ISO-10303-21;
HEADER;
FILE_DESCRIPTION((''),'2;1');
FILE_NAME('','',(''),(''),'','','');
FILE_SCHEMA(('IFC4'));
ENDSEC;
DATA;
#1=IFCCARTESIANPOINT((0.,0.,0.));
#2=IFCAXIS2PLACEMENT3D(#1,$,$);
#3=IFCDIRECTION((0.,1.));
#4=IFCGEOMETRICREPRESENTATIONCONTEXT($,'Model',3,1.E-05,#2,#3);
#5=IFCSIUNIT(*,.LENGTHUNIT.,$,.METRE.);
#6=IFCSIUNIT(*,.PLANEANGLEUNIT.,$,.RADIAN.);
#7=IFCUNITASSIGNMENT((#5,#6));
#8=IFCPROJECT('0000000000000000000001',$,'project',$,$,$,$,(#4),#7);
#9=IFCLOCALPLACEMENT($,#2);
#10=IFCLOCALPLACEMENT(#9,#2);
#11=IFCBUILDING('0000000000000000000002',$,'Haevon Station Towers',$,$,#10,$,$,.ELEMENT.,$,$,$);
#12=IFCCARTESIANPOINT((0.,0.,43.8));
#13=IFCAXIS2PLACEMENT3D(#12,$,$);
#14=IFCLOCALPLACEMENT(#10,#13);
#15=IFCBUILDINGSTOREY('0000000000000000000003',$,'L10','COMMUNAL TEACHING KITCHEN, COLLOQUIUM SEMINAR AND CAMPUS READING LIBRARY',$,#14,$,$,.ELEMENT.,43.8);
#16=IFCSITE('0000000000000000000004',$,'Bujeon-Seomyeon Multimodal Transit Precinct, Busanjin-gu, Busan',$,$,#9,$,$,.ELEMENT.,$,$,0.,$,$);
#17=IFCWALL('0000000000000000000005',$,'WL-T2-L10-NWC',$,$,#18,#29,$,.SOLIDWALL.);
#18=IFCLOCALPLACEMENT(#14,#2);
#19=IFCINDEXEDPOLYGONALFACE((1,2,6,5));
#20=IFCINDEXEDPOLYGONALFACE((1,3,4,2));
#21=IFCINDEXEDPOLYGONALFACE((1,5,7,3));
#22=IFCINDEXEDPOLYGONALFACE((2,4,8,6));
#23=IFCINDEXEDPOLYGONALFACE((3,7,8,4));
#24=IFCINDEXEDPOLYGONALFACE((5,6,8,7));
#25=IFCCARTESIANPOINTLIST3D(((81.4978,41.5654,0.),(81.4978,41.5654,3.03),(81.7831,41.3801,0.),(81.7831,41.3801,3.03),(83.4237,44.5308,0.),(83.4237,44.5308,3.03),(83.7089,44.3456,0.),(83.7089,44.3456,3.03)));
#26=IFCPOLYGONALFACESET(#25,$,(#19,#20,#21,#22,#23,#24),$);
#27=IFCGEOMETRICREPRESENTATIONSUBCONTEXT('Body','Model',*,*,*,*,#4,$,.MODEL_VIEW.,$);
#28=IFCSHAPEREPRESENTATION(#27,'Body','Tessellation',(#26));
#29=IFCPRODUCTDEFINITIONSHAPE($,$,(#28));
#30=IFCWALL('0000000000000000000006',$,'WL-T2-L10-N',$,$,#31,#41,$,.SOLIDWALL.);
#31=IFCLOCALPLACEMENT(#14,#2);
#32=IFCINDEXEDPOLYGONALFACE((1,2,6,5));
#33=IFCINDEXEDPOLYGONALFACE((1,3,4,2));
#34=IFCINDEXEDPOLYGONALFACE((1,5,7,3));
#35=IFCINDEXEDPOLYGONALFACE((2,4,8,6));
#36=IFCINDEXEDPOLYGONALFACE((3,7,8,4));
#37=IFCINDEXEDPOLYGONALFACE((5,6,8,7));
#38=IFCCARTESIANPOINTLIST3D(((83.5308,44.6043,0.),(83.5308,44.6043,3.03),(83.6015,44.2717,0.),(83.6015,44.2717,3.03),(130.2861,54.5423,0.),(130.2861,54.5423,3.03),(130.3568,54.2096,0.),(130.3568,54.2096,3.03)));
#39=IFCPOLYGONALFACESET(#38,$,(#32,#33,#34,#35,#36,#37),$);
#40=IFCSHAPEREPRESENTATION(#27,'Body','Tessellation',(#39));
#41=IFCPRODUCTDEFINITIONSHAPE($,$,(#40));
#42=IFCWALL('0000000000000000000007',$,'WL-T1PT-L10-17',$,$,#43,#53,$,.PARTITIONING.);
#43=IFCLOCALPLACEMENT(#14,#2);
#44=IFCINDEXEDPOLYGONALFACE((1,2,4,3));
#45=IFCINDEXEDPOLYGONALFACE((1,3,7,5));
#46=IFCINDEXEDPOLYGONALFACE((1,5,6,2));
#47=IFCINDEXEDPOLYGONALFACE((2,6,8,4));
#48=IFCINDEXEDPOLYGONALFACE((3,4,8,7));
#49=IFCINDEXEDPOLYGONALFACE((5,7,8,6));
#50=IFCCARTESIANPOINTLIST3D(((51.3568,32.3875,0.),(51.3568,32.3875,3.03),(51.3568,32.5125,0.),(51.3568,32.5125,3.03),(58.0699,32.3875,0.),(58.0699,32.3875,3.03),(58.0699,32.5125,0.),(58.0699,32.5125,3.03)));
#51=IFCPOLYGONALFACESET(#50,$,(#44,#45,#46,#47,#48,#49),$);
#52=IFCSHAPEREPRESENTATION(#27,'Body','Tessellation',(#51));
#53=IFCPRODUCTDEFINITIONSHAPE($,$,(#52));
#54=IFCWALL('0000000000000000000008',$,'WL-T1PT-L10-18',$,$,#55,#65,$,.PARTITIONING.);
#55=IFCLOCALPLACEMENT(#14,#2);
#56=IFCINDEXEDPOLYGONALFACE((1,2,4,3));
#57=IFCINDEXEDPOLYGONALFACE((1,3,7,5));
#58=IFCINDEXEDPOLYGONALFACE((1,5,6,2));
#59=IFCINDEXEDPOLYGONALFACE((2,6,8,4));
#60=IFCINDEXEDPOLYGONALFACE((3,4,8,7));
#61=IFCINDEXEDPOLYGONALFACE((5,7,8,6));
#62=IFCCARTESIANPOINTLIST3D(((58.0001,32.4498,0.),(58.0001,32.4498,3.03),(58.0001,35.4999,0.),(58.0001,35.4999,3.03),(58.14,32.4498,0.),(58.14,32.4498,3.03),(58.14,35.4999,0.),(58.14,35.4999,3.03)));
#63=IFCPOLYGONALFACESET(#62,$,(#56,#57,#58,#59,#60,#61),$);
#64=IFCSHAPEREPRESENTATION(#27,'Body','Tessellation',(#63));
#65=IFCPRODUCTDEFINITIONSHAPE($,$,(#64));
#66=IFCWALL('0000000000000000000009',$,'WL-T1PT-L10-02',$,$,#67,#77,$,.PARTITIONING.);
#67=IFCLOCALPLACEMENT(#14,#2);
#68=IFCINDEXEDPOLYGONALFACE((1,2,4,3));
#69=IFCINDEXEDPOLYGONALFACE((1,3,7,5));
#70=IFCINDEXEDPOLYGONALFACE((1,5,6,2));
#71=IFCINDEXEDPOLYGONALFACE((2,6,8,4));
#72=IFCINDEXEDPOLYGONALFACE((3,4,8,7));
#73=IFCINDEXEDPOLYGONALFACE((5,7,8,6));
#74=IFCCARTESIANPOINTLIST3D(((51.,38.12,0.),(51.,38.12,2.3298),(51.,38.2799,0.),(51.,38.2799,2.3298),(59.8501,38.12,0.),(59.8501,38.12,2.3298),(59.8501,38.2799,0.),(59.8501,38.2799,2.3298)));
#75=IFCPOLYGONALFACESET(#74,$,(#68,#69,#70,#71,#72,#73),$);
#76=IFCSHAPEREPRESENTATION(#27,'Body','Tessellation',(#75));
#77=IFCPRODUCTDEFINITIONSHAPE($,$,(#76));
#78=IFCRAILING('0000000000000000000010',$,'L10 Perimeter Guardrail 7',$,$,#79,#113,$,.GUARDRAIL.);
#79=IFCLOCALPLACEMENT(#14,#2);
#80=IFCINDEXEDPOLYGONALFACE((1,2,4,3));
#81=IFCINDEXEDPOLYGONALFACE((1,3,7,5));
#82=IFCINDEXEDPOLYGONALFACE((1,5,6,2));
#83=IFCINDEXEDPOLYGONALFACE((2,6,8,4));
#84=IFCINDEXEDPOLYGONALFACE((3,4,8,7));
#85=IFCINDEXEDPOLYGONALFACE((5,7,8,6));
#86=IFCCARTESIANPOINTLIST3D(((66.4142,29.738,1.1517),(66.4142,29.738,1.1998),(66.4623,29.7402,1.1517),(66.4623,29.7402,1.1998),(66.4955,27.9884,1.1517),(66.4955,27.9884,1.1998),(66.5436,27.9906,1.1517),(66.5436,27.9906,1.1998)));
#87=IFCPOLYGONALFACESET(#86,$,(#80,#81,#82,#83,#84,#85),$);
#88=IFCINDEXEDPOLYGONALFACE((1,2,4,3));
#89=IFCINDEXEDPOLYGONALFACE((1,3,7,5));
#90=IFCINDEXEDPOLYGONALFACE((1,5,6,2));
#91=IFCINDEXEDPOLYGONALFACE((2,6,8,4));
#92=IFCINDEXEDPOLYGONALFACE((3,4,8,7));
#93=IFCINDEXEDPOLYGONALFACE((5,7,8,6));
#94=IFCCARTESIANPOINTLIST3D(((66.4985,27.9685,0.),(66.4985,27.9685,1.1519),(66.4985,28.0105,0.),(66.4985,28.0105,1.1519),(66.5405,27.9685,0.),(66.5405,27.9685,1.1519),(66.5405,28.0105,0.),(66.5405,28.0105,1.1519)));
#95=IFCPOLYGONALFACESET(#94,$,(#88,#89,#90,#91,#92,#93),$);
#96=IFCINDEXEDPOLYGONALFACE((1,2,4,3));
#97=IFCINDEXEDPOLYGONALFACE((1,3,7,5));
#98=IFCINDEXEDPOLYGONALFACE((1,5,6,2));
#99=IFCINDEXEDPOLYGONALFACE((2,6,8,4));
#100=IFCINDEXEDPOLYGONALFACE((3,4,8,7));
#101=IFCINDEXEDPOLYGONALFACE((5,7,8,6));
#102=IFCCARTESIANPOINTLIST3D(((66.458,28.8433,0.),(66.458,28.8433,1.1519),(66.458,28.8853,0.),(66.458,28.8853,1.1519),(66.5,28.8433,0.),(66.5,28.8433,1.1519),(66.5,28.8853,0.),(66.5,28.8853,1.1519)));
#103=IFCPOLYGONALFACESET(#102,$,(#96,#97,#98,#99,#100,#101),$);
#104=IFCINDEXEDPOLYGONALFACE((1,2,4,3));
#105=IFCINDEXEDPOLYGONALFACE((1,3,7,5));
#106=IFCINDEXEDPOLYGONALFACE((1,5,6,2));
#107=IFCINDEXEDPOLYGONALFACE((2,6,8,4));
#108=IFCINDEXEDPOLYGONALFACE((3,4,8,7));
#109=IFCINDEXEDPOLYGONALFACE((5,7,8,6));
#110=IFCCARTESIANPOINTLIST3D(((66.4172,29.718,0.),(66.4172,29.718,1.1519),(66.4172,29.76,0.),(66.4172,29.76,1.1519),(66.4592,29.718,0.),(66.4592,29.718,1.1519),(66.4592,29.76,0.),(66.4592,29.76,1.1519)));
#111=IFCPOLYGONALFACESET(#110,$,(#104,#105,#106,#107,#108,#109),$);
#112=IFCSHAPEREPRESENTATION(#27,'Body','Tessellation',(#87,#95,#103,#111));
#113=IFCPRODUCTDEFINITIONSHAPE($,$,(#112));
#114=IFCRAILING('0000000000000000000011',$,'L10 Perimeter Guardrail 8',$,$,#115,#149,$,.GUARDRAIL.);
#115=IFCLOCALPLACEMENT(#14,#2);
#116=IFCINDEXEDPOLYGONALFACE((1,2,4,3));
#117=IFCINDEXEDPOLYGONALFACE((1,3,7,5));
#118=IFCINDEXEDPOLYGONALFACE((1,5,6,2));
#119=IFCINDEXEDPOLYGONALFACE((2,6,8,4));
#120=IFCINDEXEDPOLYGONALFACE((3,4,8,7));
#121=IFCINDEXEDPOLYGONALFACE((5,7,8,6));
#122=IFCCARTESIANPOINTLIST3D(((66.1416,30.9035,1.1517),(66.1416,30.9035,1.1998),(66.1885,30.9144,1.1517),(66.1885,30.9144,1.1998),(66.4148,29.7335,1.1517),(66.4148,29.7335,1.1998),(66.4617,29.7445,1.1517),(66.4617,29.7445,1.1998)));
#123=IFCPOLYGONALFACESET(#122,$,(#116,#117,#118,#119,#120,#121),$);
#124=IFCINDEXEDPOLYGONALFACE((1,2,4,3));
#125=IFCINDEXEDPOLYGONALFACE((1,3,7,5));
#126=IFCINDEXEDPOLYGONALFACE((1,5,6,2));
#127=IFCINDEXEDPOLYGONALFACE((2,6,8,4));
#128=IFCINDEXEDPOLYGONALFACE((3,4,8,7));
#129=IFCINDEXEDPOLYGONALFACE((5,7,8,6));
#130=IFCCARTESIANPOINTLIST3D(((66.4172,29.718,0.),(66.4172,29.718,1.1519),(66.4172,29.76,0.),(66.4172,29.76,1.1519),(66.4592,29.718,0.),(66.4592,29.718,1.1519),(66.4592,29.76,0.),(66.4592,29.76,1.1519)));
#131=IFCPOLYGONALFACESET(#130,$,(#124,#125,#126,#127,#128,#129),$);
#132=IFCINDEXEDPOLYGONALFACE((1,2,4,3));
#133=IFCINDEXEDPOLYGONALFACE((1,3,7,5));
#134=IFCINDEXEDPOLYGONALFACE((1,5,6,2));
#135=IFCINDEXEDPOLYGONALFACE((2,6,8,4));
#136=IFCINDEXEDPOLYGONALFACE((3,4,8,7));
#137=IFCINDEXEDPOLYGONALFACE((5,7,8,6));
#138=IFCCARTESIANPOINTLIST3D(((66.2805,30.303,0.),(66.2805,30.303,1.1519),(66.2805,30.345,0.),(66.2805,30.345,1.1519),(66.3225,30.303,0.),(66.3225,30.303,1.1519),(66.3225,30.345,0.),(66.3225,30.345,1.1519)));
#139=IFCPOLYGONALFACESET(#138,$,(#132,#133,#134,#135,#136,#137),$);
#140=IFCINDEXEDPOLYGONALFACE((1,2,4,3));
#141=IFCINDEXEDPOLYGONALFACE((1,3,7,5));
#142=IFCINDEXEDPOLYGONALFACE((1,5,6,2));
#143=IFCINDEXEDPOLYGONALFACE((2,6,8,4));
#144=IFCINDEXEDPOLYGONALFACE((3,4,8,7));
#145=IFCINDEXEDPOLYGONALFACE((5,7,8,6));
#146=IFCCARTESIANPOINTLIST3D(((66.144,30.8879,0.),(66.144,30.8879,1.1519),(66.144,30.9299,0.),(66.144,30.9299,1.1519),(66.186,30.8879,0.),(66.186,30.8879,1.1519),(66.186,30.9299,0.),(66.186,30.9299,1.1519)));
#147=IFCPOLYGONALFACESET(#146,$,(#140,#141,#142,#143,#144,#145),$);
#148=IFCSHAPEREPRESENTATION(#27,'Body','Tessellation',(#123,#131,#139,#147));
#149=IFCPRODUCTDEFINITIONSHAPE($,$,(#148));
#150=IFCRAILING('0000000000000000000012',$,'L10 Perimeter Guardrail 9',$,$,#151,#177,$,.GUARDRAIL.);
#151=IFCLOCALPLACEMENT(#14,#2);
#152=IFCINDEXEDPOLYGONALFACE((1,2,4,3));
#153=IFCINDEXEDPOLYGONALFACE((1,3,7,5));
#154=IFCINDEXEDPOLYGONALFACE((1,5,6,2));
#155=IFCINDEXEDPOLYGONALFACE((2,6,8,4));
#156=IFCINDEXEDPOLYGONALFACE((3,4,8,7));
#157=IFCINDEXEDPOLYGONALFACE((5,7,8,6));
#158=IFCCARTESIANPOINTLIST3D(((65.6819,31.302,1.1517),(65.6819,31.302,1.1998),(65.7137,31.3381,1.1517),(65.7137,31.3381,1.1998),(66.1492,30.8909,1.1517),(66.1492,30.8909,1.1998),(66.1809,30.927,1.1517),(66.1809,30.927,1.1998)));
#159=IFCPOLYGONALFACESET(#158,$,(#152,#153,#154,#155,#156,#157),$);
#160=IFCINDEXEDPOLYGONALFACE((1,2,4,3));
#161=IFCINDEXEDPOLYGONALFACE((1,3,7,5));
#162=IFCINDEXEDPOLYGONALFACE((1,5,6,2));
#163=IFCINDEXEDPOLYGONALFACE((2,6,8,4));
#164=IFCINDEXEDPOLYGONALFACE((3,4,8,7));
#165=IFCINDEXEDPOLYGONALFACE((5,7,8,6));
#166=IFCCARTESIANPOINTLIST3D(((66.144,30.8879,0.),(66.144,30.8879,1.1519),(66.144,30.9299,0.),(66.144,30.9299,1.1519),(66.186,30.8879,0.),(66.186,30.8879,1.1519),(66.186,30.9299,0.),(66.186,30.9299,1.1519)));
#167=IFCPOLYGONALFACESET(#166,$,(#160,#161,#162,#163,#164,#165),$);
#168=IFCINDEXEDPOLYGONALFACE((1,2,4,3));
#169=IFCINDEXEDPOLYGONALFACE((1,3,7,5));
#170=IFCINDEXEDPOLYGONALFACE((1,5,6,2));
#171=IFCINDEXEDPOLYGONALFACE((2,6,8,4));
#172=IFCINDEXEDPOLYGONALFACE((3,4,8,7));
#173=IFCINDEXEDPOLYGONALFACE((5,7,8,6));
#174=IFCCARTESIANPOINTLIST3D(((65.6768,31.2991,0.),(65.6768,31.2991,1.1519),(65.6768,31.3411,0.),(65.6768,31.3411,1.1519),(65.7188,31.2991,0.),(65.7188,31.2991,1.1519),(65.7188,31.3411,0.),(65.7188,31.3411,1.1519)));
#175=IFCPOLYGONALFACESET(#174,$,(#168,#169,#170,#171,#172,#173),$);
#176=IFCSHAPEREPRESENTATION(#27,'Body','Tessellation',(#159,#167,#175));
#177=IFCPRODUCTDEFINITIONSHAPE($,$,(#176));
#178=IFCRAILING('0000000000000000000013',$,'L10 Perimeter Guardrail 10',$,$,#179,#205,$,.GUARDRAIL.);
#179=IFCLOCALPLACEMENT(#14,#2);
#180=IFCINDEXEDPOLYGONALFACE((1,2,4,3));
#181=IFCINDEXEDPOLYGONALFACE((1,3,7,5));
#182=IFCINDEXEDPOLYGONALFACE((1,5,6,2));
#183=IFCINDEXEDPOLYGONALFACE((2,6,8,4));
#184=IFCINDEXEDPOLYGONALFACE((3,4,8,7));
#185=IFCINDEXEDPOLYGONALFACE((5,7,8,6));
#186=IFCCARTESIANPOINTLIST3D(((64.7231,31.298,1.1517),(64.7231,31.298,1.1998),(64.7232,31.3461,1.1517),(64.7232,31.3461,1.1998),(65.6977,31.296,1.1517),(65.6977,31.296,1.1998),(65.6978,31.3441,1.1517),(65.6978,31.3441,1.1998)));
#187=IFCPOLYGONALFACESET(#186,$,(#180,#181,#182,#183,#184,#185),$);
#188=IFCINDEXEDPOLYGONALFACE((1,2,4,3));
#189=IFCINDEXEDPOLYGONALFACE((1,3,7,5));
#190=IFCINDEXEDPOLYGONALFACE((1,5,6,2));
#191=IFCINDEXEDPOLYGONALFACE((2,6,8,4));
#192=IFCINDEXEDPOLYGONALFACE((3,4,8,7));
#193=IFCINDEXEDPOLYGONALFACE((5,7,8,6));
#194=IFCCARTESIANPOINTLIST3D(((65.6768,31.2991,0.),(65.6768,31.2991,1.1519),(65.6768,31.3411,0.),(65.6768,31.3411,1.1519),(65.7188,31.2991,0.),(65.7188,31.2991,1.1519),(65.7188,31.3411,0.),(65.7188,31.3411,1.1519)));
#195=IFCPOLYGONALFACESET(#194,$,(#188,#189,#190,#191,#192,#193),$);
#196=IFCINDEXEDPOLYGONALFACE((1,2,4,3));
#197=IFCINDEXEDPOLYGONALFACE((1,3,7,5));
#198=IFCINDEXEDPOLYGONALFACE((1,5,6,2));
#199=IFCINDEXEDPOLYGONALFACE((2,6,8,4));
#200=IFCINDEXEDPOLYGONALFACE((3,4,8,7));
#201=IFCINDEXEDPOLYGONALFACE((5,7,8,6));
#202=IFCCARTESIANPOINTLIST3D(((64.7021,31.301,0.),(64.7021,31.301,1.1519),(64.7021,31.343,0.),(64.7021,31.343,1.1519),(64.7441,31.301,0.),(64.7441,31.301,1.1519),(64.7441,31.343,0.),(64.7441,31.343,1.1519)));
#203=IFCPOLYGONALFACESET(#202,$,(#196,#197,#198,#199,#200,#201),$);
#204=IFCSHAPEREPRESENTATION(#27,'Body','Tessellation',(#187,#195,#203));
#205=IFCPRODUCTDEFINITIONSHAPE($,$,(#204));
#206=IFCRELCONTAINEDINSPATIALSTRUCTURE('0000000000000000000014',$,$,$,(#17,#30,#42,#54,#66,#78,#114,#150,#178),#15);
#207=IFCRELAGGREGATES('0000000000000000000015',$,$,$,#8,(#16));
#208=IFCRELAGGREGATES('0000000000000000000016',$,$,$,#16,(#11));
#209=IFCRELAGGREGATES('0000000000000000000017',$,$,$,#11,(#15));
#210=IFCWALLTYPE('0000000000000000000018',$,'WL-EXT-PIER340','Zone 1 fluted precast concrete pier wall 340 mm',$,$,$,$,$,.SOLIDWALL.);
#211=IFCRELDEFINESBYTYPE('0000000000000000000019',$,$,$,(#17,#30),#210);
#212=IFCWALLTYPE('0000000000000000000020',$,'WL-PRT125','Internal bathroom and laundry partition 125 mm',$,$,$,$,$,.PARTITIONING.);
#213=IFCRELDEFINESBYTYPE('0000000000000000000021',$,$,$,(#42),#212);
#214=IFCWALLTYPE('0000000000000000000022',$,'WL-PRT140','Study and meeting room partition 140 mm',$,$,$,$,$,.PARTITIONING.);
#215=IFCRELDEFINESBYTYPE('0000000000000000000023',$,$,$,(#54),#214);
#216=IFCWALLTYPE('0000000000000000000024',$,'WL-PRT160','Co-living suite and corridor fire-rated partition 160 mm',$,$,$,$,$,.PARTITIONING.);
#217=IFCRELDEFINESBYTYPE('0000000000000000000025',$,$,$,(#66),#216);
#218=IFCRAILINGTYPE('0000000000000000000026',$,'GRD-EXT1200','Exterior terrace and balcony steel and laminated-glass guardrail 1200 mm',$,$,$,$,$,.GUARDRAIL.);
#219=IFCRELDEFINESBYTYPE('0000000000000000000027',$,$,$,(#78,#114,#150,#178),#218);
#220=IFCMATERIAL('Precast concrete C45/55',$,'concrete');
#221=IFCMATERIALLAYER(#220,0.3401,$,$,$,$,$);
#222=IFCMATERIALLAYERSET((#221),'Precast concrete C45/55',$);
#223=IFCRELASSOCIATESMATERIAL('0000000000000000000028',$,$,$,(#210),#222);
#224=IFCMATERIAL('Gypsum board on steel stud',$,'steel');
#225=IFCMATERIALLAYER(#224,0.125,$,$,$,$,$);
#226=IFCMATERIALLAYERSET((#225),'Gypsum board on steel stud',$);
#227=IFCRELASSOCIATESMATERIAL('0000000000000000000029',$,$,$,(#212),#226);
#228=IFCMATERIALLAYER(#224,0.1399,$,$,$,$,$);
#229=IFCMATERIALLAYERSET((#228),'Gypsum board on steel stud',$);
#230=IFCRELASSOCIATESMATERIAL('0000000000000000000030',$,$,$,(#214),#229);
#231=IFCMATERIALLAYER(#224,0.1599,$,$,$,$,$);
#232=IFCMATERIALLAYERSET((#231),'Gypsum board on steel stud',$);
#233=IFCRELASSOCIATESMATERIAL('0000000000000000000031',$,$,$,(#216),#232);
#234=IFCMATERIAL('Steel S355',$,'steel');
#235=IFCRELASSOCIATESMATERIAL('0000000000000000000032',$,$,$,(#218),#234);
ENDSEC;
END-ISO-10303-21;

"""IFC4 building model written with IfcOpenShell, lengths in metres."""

from ifc_helpers import new_model, si_unit, direction, frame, frame_2d, origin, origin_2d, place, context, subcontext, project, spatial, rectangle, extrude, material, layer, layer_set, type_object, element, save


model = new_model("IFC4")

# Units and contexts
model_context = context("Model", 3, precision=1e-05, world=origin(), true_north=direction((0.0, 1.0)))
body_context = subcontext(model_context, "Body", "Model", "MODEL_VIEW")
ifc_project = project(units=[si_unit("LENGTHUNIT", "METRE"), si_unit("PLANEANGLEUNIT", "RADIAN")], contexts=[model_context])

# Site, building, storey
site_placement = place(None, origin())
site = spatial("IfcSite", under=ifc_project, at=site_placement, Name="Bujeon-Seomyeon Multimodal Transit Precinct, Busanjin-gu, Busan", CompositionType="ELEMENT", RefElevation=0.0)
building_placement = place(site_placement, origin())
building = spatial("IfcBuilding", under=site, at=building_placement, Name="Haevon Station Towers", CompositionType="ELEMENT")
storey_placement = place(building_placement, frame((0.0, 0.0, 43.8)))
storey = spatial("IfcBuildingStorey", under=building, at=storey_placement, Name="L10", Description="COMMUNAL TEACHING KITCHEN, COLLOQUIUM SEMINAR AND CAMPUS READING LIBRARY", CompositionType="ELEMENT", Elevation=43.8)

# Shared definitions
ifc_material_1 = material(Name="Steel S355", Category="steel")

# Shared definitions
ifc_material_2 = material(Name="Precast concrete C45/55", Category="concrete")
ifc_layer_1 = layer(ifc_material_2, 0.3401)
ifc_layer_set_1 = layer_set([ifc_layer_1], Name="Precast concrete C45/55")
wall_type_1 = type_object("IfcWallType", Name="WL-EXT-PIER340", Description="Zone 1 fluted precast concrete pier wall 340 mm", PredefinedType="SOLIDWALL", material=ifc_layer_set_1)

# Walls
wall_1_placement = place(storey_placement, frame((81.6404, 41.4727, 0.0), z_axis=(0.0, 0.0, 1.0), x_axis=(0.544653, 0.838661, 0.0)))
element("IfcWall", 1, at=wall_1_placement, inside=storey, type_object=wall_type_1, Name="WL-T2-L10-NWC", PredefinedType="SOLIDWALL", context=body_context, shape_type="SweptSolid", body=[
    extrude(rectangle(XDim=3.5359, YDim=0.3401, at=frame_2d((1.7681, 0.0))), origin(), (0.0, 0.0, 1.0), 3.03),
])
wall_2_placement = place(storey_placement, frame((83.5662, 44.438, 0.0), z_axis=(0.0, 0.0, 1.0), x_axis=(0.978148, 0.207908, 0.0)))
element("IfcWall", 2, at=wall_2_placement, inside=storey, type_object=wall_type_1, Name="WL-T2-L10-N", PredefinedType="SOLIDWALL", context=body_context, shape_type="SweptSolid", body=[
    extrude(rectangle(XDim=47.7998, YDim=0.3401, at=frame_2d((23.8999, 0.0))), origin(), (0.0, 0.0, 1.0), 3.03),
])
ifc_material_3 = material(Name="Gypsum board on steel stud", Category="steel")
ifc_layer_2 = layer(ifc_material_3, 0.125)
ifc_layer_set_2 = layer_set([ifc_layer_2], Name="Gypsum board on steel stud")
wall_type_2 = type_object("IfcWallType", Name="WL-PRT125", Description="Internal bathroom and laundry partition 125 mm", PredefinedType="PARTITIONING", material=ifc_layer_set_2)
wall_3_placement = place(storey_placement, frame((51.3569, 32.45, 0.0), z_axis=(0.0, 0.0, 1.0), x_axis=(1.0, 0.0, 0.0)))
element("IfcWall", 3, at=wall_3_placement, inside=storey, type_object=wall_type_2, Name="WL-T1PT-L10-17", PredefinedType="PARTITIONING", context=body_context, shape_type="SweptSolid", body=[
    extrude(rectangle(XDim=6.7131, YDim=0.125, at=frame_2d((3.3564, 0.0))), origin(), (0.0, 0.0, 1.0), 3.03),
])
ifc_layer_3 = layer(ifc_material_3, 0.1399)
ifc_layer_set_3 = layer_set([ifc_layer_3], Name="Gypsum board on steel stud")
wall_type_3 = type_object("IfcWallType", Name="WL-PRT140", Description="Study and meeting room partition 140 mm", PredefinedType="PARTITIONING", material=ifc_layer_set_3)
wall_4_placement = place(storey_placement, frame((58.0701, 32.45, 0.0), z_axis=(0.0, 0.0, 1.0), x_axis=(0.0, 1.0, 0.0)))
element("IfcWall", 4, at=wall_4_placement, inside=storey, type_object=wall_type_3, Name="WL-T1PT-L10-18", PredefinedType="PARTITIONING", context=body_context, shape_type="SweptSolid", body=[
    extrude(rectangle(XDim=3.05, YDim=0.1399, at=frame_2d((1.5249, 0.0))), origin(), (0.0, 0.0, 1.0), 3.03),
])
ifc_layer_4 = layer(ifc_material_3, 0.1599)
ifc_layer_set_4 = layer_set([ifc_layer_4], Name="Gypsum board on steel stud")
wall_type_4 = type_object("IfcWallType", Name="WL-PRT160", Description="Co-living suite and corridor fire-rated partition 160 mm", PredefinedType="PARTITIONING", material=ifc_layer_set_4)
wall_5_placement = place(storey_placement, frame((51.0, 38.2, 0.0), z_axis=(0.0, 0.0, 1.0), x_axis=(1.0, 0.0, 0.0)))
element("IfcWall", 5, at=wall_5_placement, inside=storey, type_object=wall_type_4, Name="WL-T1PT-L10-02", PredefinedType="PARTITIONING", context=body_context, shape_type="SweptSolid", body=[
    extrude(rectangle(XDim=8.8501, YDim=0.1599, at=frame_2d((4.425, 0.0))), origin(), (0.0, 0.0, 1.0), 2.3298),
])

# Railings
railing_type = type_object("IfcRailingType", Name="GRD-EXT1200", Description="Exterior terrace and balcony steel and laminated-glass guardrail 1200 mm", PredefinedType="GUARDRAIL", material=ifc_material_1)
railing_1_placement = place(storey_placement, frame((66.5195, 27.9895, 0.0)))
element("IfcRailing", 6, at=railing_1_placement, inside=storey, type_object=railing_type, Name="L10 Perimeter Guardrail 7", PredefinedType="GUARDRAIL", context=body_context, shape_type="SweptSolid", body=[
    extrude(rectangle(XDim=0.0481, YDim=0.0481, at=origin_2d()), frame((0.0, 0.0, 1.1758), z_axis=(-0.046419, 0.998922, 0.0), x_axis=(-0.998922, -0.046419, 0.0)), (0.0, 0.0, 1.0), 1.7515),
    extrude(rectangle(XDim=0.042, YDim=0.042, at=origin_2d()), origin(), (0.0, 0.0, 1.0), 1.1519),
    extrude(rectangle(XDim=0.042, YDim=0.042, at=origin_2d()), frame((-0.0405, 0.8748, 0.0)), (0.0, 0.0, 1.0), 1.1519),
    extrude(rectangle(XDim=0.042, YDim=0.042, at=origin_2d()), frame((-0.0813, 1.7495, 0.0)), (0.0, 0.0, 1.0), 1.1519),
])
railing_2_placement = place(storey_placement, frame((66.4382, 29.739, 0.0)))
element("IfcRailing", 7, at=railing_2_placement, inside=storey, type_object=railing_type, Name="L10 Perimeter Guardrail 8", PredefinedType="GUARDRAIL", context=body_context, shape_type="SweptSolid", body=[
    extrude(rectangle(XDim=0.0481, YDim=0.0481, at=origin_2d()), frame((0.0, 0.0, 1.1758), z_axis=(-0.227397, 0.973802, 0.0), x_axis=(-0.973802, -0.227397, 0.0)), (0.0, 0.0, 1.0), 1.2014),
    extrude(rectangle(XDim=0.042, YDim=0.042, at=origin_2d()), origin(), (0.0, 0.0, 1.0), 1.1519),
    extrude(rectangle(XDim=0.042, YDim=0.042, at=origin_2d()), frame((-0.1367, 0.585, 0.0)), (0.0, 0.0, 1.0), 1.1519),
    extrude(rectangle(XDim=0.042, YDim=0.042, at=origin_2d()), frame((-0.2732, 1.1699, 0.0)), (0.0, 0.0, 1.0), 1.1519),
])
railing_3_placement = place(storey_placement, frame((66.165, 30.9089, 0.0)))
element("IfcRailing", 8, at=railing_3_placement, inside=storey, type_object=railing_type, Name="L10 Perimeter Guardrail 9", PredefinedType="GUARDRAIL", context=body_context, shape_type="SweptSolid", body=[
    extrude(rectangle(XDim=0.0481, YDim=0.0481, at=origin_2d()), frame((0.0, 0.0, 1.1758), z_axis=(-0.750776, 0.660557, 0.0), x_axis=(-0.660557, -0.750776, 0.0)), (0.0, 0.0, 1.0), 0.6223),
    extrude(rectangle(XDim=0.042, YDim=0.042, at=origin_2d()), origin(), (0.0, 0.0, 1.0), 1.1519),
    extrude(rectangle(XDim=0.042, YDim=0.042, at=origin_2d()), frame((-0.4673, 0.4111, 0.0)), (0.0, 0.0, 1.0), 1.1519),
])
railing_4_placement = place(storey_placement, frame((65.6978, 31.3201, 0.0)))
element("IfcRailing", 9, at=railing_4_placement, inside=storey, type_object=railing_type, Name="L10 Perimeter Guardrail 10", PredefinedType="GUARDRAIL", context=body_context, shape_type="SweptSolid", body=[
    extrude(rectangle(XDim=0.0481, YDim=0.0481, at=origin_2d()), frame((0.0, 0.0, 1.1758), z_axis=(-0.999998, 0.002004, 0.0), x_axis=(-0.002004, -0.999998, 0.0)), (0.0, 0.0, 1.0), 0.9746),
    extrude(rectangle(XDim=0.042, YDim=0.042, at=origin_2d()), origin(), (0.0, 0.0, 1.0), 1.1519),
    extrude(rectangle(XDim=0.042, YDim=0.042, at=origin_2d()), frame((-0.9746, 0.002, 0.0)), (0.0, 0.0, 1.0), 1.1519),
])

save(model, "model.ifc")
